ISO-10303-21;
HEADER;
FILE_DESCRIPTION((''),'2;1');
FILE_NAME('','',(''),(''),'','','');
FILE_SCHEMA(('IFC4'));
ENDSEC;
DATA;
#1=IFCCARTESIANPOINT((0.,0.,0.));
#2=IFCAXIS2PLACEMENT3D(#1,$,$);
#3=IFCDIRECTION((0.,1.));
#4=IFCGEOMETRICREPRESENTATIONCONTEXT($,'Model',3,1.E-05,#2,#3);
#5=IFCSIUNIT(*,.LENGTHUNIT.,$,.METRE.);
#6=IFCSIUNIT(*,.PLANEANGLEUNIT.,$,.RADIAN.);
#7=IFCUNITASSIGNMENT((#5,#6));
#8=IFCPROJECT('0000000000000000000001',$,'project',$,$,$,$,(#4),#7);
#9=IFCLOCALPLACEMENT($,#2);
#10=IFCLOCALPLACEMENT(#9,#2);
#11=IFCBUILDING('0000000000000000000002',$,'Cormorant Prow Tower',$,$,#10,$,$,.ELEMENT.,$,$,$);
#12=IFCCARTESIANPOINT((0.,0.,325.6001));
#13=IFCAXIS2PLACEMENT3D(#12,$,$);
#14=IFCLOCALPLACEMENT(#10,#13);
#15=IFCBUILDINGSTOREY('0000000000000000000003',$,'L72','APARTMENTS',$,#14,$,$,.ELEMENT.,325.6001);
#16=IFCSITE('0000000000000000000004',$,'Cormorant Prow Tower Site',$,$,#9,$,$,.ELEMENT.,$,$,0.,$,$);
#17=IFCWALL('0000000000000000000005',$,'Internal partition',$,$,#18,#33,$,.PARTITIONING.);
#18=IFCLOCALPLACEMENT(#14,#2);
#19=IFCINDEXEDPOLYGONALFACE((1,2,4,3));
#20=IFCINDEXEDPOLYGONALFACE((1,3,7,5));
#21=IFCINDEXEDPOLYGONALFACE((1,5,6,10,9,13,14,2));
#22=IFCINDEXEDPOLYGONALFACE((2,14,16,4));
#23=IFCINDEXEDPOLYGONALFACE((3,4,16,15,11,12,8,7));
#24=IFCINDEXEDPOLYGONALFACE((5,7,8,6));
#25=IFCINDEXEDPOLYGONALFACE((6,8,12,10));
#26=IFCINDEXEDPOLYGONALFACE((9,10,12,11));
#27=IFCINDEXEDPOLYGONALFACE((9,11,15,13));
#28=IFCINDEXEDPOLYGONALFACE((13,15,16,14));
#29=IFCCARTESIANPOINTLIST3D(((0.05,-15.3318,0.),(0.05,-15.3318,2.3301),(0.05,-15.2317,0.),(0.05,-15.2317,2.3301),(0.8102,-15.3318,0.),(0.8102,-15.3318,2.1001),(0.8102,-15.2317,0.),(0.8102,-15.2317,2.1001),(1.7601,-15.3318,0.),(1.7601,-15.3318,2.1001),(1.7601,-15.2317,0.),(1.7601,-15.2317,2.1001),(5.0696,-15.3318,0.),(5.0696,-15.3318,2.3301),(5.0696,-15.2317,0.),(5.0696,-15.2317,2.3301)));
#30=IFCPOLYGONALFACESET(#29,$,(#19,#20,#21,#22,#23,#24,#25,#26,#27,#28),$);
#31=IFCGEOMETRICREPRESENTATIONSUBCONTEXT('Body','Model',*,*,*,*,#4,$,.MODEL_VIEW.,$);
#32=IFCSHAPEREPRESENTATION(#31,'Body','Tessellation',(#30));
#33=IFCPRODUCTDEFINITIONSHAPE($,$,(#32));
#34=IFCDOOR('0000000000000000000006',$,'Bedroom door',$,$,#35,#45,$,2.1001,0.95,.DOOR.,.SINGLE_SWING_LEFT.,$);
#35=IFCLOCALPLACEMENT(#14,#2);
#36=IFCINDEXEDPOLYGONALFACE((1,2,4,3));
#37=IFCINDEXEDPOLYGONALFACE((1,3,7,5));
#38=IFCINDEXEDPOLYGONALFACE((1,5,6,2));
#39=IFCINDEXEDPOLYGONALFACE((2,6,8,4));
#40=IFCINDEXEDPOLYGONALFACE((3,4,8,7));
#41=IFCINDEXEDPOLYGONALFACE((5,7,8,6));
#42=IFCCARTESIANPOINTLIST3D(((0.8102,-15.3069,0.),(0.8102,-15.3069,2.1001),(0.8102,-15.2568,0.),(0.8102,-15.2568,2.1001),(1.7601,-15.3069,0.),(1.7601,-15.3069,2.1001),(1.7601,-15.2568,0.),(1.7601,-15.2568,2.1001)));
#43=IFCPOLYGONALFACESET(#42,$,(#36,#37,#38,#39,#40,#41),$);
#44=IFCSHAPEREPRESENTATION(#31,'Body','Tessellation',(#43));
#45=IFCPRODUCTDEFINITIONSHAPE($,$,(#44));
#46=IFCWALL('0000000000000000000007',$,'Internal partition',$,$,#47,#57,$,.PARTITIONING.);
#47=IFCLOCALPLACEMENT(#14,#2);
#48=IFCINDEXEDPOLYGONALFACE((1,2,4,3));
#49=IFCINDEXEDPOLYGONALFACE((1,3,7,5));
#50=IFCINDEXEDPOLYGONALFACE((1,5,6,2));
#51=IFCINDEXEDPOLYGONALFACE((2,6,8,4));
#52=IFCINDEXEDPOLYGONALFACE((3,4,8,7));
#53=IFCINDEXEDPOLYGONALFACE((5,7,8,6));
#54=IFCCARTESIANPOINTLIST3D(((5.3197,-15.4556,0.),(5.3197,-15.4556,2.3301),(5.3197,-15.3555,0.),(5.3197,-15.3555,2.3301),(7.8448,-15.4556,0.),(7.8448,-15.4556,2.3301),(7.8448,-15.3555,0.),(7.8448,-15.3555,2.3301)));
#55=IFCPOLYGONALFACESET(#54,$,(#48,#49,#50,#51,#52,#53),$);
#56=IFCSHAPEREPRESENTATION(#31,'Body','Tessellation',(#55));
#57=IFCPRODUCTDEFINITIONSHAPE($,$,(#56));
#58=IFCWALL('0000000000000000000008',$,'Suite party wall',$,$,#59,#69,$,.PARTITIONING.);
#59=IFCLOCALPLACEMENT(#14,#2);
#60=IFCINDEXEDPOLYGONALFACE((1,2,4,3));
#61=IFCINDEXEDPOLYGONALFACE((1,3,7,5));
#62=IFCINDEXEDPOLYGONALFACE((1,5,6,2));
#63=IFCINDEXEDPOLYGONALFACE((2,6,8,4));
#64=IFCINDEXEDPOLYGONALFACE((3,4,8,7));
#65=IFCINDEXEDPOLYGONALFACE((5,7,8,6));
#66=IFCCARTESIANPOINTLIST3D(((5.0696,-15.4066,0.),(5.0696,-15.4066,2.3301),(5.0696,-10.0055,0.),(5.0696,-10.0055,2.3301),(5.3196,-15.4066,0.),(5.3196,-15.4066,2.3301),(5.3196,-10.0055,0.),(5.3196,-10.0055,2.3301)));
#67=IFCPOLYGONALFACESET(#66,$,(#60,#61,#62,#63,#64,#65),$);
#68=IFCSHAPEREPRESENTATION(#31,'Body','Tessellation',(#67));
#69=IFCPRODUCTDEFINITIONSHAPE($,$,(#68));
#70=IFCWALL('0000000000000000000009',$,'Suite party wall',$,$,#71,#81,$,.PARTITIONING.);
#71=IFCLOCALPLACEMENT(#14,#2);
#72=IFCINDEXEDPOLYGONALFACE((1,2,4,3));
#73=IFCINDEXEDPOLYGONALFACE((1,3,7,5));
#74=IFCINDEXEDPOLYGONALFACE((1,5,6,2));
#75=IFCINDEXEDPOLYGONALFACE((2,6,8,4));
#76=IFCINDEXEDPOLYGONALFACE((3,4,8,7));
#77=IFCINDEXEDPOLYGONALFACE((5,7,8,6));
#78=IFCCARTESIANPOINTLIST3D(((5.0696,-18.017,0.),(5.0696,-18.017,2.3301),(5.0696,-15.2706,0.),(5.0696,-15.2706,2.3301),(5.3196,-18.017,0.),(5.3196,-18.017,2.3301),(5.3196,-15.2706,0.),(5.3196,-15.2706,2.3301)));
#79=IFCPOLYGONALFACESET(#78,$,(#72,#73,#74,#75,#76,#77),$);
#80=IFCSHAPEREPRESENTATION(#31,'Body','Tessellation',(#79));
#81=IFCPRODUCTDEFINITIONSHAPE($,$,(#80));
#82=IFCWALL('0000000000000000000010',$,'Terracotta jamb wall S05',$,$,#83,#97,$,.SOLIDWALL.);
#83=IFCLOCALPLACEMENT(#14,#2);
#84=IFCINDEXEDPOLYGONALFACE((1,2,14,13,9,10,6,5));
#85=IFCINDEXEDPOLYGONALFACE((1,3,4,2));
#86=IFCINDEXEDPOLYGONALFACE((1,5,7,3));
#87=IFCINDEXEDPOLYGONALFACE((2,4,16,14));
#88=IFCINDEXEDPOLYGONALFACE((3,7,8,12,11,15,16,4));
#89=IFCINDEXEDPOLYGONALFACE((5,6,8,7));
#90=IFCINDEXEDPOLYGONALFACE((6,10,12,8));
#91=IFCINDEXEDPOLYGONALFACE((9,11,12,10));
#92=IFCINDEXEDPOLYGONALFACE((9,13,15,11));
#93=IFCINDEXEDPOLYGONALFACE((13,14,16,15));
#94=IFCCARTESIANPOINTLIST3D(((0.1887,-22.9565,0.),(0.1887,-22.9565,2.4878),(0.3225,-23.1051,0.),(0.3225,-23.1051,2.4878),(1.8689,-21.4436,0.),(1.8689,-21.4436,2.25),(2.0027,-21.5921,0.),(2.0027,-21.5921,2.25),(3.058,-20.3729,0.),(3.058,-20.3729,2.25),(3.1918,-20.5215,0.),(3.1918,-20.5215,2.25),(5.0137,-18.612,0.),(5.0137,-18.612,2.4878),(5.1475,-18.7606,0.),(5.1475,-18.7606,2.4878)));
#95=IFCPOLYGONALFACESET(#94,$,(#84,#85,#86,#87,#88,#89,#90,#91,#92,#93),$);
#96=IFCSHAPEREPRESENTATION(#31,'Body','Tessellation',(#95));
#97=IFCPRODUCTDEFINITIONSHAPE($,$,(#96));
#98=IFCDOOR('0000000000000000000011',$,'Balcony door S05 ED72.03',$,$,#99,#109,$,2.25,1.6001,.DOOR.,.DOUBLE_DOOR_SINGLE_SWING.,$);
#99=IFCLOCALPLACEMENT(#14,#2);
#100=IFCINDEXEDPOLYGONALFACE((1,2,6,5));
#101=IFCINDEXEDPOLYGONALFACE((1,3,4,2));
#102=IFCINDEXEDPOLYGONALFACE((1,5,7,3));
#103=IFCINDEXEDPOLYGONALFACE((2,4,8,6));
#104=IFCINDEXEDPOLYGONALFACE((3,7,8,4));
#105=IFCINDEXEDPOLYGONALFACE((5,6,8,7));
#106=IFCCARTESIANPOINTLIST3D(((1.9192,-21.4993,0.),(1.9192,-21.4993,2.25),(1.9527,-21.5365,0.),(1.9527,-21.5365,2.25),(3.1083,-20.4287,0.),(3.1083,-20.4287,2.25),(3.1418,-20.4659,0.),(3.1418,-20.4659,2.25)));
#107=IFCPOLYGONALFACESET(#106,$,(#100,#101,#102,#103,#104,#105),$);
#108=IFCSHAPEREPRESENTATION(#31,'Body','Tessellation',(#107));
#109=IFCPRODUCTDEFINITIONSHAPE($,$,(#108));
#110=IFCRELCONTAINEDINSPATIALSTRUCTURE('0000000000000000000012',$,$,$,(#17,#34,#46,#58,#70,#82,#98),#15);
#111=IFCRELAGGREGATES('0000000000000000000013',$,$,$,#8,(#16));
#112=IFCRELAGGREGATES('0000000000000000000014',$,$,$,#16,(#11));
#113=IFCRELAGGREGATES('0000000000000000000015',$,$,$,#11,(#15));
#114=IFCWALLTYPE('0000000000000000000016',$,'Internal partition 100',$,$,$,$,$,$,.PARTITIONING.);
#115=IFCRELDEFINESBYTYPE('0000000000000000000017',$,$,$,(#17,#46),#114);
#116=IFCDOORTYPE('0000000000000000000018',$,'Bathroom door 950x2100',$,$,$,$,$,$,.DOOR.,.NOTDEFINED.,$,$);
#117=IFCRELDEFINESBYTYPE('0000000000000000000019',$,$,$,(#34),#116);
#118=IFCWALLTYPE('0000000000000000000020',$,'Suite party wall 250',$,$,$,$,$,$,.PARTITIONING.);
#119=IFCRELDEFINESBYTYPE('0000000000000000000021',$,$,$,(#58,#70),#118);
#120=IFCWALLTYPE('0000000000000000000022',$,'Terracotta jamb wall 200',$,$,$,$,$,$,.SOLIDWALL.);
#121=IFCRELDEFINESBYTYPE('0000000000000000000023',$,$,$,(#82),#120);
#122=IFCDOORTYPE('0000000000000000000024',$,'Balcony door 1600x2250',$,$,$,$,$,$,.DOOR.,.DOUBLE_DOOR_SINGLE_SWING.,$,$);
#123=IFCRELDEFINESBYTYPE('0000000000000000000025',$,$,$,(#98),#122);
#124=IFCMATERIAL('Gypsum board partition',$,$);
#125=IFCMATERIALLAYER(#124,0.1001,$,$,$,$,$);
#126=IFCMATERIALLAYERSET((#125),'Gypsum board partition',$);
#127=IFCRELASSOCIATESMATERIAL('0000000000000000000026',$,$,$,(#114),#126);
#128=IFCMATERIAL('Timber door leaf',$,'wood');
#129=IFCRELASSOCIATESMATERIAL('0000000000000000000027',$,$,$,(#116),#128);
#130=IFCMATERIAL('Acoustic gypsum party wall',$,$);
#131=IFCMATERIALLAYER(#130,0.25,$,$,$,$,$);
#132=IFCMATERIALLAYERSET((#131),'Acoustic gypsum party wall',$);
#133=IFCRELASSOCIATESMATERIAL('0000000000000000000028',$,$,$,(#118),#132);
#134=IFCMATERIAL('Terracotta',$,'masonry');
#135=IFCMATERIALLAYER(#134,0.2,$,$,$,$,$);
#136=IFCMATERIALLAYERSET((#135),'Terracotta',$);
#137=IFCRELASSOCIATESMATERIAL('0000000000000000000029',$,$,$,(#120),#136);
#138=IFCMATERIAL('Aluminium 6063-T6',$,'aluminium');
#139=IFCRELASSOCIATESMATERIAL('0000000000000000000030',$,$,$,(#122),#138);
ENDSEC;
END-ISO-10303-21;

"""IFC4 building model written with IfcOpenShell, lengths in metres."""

from ifc_helpers import new_model, si_unit, direction, frame, frame_2d, origin, place, context, subcontext, project, spatial, rectangle, extrude, material, layer, layer_set, type_object, element, fill, save


model = new_model("IFC4")

# Units and contexts
model_context = context("Model", 3, precision=1e-05, world=origin(), true_north=direction((0.0, 1.0)))
body_context = subcontext(model_context, "Body", "Model", "MODEL_VIEW")
ifc_project = project(units=[si_unit("LENGTHUNIT", "METRE"), si_unit("PLANEANGLEUNIT", "RADIAN")], contexts=[model_context])

# Site, building, storey
site_placement = place(None, origin())
site = spatial("IfcSite", under=ifc_project, at=site_placement, Name="Cormorant Prow Tower Site", CompositionType="ELEMENT", RefElevation=0.0)
building_placement = place(site_placement, origin())
building = spatial("IfcBuilding", under=site, at=building_placement, Name="Cormorant Prow Tower", CompositionType="ELEMENT")
storey_placement = place(building_placement, frame((0.0, 0.0, 325.6001)))
storey = spatial("IfcBuildingStorey", under=building, at=storey_placement, Name="L72", Description="APARTMENTS", CompositionType="ELEMENT", Elevation=325.6001)

# Wall, opening, door
ifc_material_1 = material(Name="Gypsum board partition")
ifc_layer_1 = layer(ifc_material_1, 0.1001)
ifc_layer_set_1 = layer_set([ifc_layer_1], Name="Gypsum board partition")
wall_type_1 = type_object("IfcWallType", Name="Internal partition 100", PredefinedType="PARTITIONING", material=ifc_layer_set_1)
ifc_material_2 = material(Name="Timber door leaf", Category="wood")
door_type_1 = type_object("IfcDoorType", Name="Bathroom door 950x2100", OperationType="NOTDEFINED", PredefinedType="DOOR", material=ifc_material_2)
wall_1_placement = place(storey_placement, frame((0.05, -15.2817, 0.0), z_axis=(0.0, 0.0, 1.0), x_axis=(1.0, 0.0, 0.0)))
wall_1 = element("IfcWall", 1, at=wall_1_placement, inside=storey, type_object=wall_type_1, Name="Internal partition", PredefinedType="PARTITIONING", context=body_context, shape_type="SweptSolid", body=[
    extrude(rectangle(XDim=5.0195, YDim=0.1001, at=frame_2d((2.5098, 0.0))), origin(), (0.0, 0.0, 1.0), 2.3301),
])
opening_1_placement = place(wall_1_placement, frame((0.76, 0.0, 0.0)))
opening_1 = element("IfcOpeningElement", 2, at=opening_1_placement, cuts=wall_1, PredefinedType="OPENING", context=body_context, shape_type="SweptSolid", body=[
    extrude(rectangle(XDim=0.95, YDim=2.1001, at=frame_2d((0.4751, 1.05))), frame((0.0, 0.0601, 0.0), z_axis=(0.0, -1.0, 0.0), x_axis=(1.0, 0.0, 0.0)), (0.0, 0.0, 1.0), 0.1201),
])
door_1_placement = place(opening_1_placement, origin())
door_1 = element("IfcDoor", 3, at=door_1_placement, inside=storey, type_object=door_type_1, Name="Bedroom door", OperationType="SINGLE_SWING_LEFT", OverallHeight=2.1001, OverallWidth=0.95, PredefinedType="DOOR", context=body_context, shape_type="SweptSolid", body=[
    extrude(rectangle(XDim=0.95, YDim=2.1001, at=frame_2d((0.4751, 1.05))), frame((0.0, 0.0249, 0.0), z_axis=(0.0, -1.0, 0.0), x_axis=(1.0, 0.0, 0.0)), (0.0, 0.0, 1.0), 0.05),
])
fill(opening_1, door_1)

# Walls
wall_2_placement = place(storey_placement, frame((5.3196, -15.4055, 0.0), z_axis=(0.0, 0.0, 1.0), x_axis=(1.0, 0.0, 0.0)))
element("IfcWall", 4, at=wall_2_placement, inside=storey, type_object=wall_type_1, Name="Internal partition", PredefinedType="PARTITIONING", context=body_context, shape_type="SweptSolid", body=[
    extrude(rectangle(XDim=2.5251, YDim=0.1001, at=frame_2d((1.2627, 0.0))), origin(), (0.0, 0.0, 1.0), 2.3301),
])
ifc_material_3 = material(Name="Acoustic gypsum party wall")
ifc_layer_2 = layer(ifc_material_3, 0.25)
ifc_layer_set_2 = layer_set([ifc_layer_2], Name="Acoustic gypsum party wall")
wall_type_2 = type_object("IfcWallType", Name="Suite party wall 250", PredefinedType="PARTITIONING", material=ifc_layer_set_2)
wall_3_placement = place(storey_placement, frame((5.1946, -15.4067, 0.0), z_axis=(0.0, 0.0, 1.0), x_axis=(0.0, 1.0, 0.0)))
element("IfcWall", 5, at=wall_3_placement, inside=storey, type_object=wall_type_2, Name="Suite party wall", PredefinedType="PARTITIONING", context=body_context, shape_type="SweptSolid", body=[
    extrude(rectangle(XDim=5.4011, YDim=0.25, at=frame_2d((2.7007, 0.0))), origin(), (0.0, 0.0, 1.0), 2.3301),
])
wall_4_placement = place(storey_placement, frame((5.1946, -18.0168, 0.0), z_axis=(0.0, 0.0, 1.0), x_axis=(0.0, 1.0, 0.0)))
element("IfcWall", 6, at=wall_4_placement, inside=storey, type_object=wall_type_2, Name="Suite party wall", PredefinedType="PARTITIONING", context=body_context, shape_type="SweptSolid", body=[
    extrude(rectangle(XDim=2.7463, YDim=0.25, at=frame_2d((1.373, 0.0))), origin(), (0.0, 0.0, 1.0), 2.3301),
])

# Wall, opening, door
ifc_material_4 = material(Name="Terracotta", Category="masonry")
ifc_layer_3 = layer(ifc_material_4, 0.2)
ifc_layer_set_3 = layer_set([ifc_layer_3], Name="Terracotta")
wall_type_3 = type_object("IfcWallType", Name="Terracotta jamb wall 200", PredefinedType="SOLIDWALL", material=ifc_layer_set_3)
wall_5_placement = place(storey_placement, frame((0.2556, -23.0308, 0.0), z_axis=(0.0, 0.0, 1.0), x_axis=(0.743139, 0.669137, 0.0)))
wall_5 = element("IfcWall", 7, at=wall_5_placement, inside=storey, type_object=wall_type_3, Name="Terracotta jamb wall S05", PredefinedType="SOLIDWALL", context=body_context, shape_type="SweptSolid", body=[
    extrude(rectangle(XDim=6.4927, YDim=0.2, at=frame_2d((3.2463, 0.0))), origin(), (0.0, 0.0, 1.0), 2.4878),
])
opening_2_placement = place(wall_5_placement, frame((2.261, 0.0, 0.0)))
opening_2 = element("IfcOpeningElement", 8, at=opening_2_placement, cuts=wall_5, PredefinedType="OPENING", context=body_context, shape_type="SweptSolid", body=[
    extrude(rectangle(XDim=1.6001, YDim=2.25, at=frame_2d((0.8, 1.125))), frame((0.0, 0.1099, 0.0), z_axis=(0.0, -1.0, 0.0), x_axis=(1.0, 0.0, 0.0)), (0.0, 0.0, 1.0), 0.22),
])
ifc_material_5 = material(Name="Aluminium 6063-T6", Category="aluminium")
door_type_2 = type_object("IfcDoorType", Name="Balcony door 1600x2250", OperationType="DOUBLE_DOOR_SINGLE_SWING", PredefinedType="DOOR", material=ifc_material_5)
door_2_placement = place(opening_2_placement, origin())
door_2 = element("IfcDoor", 9, at=door_2_placement, inside=storey, type_object=door_type_2, Name="Balcony door S05 ED72.03", OperationType="DOUBLE_DOOR_SINGLE_SWING", OverallHeight=2.25, OverallWidth=1.6001, PredefinedType="DOOR", context=body_context, shape_type="SweptSolid", body=[
    extrude(rectangle(XDim=1.6001, YDim=2.25, at=frame_2d((0.8, 1.125))), frame((0.0, 0.0249, 0.0), z_axis=(0.0, -1.0, 0.0), x_axis=(1.0, 0.0, 0.0)), (0.0, 0.0, 1.0), 0.05),
])
fill(opening_2, door_2)

save(model, "model.ifc")
